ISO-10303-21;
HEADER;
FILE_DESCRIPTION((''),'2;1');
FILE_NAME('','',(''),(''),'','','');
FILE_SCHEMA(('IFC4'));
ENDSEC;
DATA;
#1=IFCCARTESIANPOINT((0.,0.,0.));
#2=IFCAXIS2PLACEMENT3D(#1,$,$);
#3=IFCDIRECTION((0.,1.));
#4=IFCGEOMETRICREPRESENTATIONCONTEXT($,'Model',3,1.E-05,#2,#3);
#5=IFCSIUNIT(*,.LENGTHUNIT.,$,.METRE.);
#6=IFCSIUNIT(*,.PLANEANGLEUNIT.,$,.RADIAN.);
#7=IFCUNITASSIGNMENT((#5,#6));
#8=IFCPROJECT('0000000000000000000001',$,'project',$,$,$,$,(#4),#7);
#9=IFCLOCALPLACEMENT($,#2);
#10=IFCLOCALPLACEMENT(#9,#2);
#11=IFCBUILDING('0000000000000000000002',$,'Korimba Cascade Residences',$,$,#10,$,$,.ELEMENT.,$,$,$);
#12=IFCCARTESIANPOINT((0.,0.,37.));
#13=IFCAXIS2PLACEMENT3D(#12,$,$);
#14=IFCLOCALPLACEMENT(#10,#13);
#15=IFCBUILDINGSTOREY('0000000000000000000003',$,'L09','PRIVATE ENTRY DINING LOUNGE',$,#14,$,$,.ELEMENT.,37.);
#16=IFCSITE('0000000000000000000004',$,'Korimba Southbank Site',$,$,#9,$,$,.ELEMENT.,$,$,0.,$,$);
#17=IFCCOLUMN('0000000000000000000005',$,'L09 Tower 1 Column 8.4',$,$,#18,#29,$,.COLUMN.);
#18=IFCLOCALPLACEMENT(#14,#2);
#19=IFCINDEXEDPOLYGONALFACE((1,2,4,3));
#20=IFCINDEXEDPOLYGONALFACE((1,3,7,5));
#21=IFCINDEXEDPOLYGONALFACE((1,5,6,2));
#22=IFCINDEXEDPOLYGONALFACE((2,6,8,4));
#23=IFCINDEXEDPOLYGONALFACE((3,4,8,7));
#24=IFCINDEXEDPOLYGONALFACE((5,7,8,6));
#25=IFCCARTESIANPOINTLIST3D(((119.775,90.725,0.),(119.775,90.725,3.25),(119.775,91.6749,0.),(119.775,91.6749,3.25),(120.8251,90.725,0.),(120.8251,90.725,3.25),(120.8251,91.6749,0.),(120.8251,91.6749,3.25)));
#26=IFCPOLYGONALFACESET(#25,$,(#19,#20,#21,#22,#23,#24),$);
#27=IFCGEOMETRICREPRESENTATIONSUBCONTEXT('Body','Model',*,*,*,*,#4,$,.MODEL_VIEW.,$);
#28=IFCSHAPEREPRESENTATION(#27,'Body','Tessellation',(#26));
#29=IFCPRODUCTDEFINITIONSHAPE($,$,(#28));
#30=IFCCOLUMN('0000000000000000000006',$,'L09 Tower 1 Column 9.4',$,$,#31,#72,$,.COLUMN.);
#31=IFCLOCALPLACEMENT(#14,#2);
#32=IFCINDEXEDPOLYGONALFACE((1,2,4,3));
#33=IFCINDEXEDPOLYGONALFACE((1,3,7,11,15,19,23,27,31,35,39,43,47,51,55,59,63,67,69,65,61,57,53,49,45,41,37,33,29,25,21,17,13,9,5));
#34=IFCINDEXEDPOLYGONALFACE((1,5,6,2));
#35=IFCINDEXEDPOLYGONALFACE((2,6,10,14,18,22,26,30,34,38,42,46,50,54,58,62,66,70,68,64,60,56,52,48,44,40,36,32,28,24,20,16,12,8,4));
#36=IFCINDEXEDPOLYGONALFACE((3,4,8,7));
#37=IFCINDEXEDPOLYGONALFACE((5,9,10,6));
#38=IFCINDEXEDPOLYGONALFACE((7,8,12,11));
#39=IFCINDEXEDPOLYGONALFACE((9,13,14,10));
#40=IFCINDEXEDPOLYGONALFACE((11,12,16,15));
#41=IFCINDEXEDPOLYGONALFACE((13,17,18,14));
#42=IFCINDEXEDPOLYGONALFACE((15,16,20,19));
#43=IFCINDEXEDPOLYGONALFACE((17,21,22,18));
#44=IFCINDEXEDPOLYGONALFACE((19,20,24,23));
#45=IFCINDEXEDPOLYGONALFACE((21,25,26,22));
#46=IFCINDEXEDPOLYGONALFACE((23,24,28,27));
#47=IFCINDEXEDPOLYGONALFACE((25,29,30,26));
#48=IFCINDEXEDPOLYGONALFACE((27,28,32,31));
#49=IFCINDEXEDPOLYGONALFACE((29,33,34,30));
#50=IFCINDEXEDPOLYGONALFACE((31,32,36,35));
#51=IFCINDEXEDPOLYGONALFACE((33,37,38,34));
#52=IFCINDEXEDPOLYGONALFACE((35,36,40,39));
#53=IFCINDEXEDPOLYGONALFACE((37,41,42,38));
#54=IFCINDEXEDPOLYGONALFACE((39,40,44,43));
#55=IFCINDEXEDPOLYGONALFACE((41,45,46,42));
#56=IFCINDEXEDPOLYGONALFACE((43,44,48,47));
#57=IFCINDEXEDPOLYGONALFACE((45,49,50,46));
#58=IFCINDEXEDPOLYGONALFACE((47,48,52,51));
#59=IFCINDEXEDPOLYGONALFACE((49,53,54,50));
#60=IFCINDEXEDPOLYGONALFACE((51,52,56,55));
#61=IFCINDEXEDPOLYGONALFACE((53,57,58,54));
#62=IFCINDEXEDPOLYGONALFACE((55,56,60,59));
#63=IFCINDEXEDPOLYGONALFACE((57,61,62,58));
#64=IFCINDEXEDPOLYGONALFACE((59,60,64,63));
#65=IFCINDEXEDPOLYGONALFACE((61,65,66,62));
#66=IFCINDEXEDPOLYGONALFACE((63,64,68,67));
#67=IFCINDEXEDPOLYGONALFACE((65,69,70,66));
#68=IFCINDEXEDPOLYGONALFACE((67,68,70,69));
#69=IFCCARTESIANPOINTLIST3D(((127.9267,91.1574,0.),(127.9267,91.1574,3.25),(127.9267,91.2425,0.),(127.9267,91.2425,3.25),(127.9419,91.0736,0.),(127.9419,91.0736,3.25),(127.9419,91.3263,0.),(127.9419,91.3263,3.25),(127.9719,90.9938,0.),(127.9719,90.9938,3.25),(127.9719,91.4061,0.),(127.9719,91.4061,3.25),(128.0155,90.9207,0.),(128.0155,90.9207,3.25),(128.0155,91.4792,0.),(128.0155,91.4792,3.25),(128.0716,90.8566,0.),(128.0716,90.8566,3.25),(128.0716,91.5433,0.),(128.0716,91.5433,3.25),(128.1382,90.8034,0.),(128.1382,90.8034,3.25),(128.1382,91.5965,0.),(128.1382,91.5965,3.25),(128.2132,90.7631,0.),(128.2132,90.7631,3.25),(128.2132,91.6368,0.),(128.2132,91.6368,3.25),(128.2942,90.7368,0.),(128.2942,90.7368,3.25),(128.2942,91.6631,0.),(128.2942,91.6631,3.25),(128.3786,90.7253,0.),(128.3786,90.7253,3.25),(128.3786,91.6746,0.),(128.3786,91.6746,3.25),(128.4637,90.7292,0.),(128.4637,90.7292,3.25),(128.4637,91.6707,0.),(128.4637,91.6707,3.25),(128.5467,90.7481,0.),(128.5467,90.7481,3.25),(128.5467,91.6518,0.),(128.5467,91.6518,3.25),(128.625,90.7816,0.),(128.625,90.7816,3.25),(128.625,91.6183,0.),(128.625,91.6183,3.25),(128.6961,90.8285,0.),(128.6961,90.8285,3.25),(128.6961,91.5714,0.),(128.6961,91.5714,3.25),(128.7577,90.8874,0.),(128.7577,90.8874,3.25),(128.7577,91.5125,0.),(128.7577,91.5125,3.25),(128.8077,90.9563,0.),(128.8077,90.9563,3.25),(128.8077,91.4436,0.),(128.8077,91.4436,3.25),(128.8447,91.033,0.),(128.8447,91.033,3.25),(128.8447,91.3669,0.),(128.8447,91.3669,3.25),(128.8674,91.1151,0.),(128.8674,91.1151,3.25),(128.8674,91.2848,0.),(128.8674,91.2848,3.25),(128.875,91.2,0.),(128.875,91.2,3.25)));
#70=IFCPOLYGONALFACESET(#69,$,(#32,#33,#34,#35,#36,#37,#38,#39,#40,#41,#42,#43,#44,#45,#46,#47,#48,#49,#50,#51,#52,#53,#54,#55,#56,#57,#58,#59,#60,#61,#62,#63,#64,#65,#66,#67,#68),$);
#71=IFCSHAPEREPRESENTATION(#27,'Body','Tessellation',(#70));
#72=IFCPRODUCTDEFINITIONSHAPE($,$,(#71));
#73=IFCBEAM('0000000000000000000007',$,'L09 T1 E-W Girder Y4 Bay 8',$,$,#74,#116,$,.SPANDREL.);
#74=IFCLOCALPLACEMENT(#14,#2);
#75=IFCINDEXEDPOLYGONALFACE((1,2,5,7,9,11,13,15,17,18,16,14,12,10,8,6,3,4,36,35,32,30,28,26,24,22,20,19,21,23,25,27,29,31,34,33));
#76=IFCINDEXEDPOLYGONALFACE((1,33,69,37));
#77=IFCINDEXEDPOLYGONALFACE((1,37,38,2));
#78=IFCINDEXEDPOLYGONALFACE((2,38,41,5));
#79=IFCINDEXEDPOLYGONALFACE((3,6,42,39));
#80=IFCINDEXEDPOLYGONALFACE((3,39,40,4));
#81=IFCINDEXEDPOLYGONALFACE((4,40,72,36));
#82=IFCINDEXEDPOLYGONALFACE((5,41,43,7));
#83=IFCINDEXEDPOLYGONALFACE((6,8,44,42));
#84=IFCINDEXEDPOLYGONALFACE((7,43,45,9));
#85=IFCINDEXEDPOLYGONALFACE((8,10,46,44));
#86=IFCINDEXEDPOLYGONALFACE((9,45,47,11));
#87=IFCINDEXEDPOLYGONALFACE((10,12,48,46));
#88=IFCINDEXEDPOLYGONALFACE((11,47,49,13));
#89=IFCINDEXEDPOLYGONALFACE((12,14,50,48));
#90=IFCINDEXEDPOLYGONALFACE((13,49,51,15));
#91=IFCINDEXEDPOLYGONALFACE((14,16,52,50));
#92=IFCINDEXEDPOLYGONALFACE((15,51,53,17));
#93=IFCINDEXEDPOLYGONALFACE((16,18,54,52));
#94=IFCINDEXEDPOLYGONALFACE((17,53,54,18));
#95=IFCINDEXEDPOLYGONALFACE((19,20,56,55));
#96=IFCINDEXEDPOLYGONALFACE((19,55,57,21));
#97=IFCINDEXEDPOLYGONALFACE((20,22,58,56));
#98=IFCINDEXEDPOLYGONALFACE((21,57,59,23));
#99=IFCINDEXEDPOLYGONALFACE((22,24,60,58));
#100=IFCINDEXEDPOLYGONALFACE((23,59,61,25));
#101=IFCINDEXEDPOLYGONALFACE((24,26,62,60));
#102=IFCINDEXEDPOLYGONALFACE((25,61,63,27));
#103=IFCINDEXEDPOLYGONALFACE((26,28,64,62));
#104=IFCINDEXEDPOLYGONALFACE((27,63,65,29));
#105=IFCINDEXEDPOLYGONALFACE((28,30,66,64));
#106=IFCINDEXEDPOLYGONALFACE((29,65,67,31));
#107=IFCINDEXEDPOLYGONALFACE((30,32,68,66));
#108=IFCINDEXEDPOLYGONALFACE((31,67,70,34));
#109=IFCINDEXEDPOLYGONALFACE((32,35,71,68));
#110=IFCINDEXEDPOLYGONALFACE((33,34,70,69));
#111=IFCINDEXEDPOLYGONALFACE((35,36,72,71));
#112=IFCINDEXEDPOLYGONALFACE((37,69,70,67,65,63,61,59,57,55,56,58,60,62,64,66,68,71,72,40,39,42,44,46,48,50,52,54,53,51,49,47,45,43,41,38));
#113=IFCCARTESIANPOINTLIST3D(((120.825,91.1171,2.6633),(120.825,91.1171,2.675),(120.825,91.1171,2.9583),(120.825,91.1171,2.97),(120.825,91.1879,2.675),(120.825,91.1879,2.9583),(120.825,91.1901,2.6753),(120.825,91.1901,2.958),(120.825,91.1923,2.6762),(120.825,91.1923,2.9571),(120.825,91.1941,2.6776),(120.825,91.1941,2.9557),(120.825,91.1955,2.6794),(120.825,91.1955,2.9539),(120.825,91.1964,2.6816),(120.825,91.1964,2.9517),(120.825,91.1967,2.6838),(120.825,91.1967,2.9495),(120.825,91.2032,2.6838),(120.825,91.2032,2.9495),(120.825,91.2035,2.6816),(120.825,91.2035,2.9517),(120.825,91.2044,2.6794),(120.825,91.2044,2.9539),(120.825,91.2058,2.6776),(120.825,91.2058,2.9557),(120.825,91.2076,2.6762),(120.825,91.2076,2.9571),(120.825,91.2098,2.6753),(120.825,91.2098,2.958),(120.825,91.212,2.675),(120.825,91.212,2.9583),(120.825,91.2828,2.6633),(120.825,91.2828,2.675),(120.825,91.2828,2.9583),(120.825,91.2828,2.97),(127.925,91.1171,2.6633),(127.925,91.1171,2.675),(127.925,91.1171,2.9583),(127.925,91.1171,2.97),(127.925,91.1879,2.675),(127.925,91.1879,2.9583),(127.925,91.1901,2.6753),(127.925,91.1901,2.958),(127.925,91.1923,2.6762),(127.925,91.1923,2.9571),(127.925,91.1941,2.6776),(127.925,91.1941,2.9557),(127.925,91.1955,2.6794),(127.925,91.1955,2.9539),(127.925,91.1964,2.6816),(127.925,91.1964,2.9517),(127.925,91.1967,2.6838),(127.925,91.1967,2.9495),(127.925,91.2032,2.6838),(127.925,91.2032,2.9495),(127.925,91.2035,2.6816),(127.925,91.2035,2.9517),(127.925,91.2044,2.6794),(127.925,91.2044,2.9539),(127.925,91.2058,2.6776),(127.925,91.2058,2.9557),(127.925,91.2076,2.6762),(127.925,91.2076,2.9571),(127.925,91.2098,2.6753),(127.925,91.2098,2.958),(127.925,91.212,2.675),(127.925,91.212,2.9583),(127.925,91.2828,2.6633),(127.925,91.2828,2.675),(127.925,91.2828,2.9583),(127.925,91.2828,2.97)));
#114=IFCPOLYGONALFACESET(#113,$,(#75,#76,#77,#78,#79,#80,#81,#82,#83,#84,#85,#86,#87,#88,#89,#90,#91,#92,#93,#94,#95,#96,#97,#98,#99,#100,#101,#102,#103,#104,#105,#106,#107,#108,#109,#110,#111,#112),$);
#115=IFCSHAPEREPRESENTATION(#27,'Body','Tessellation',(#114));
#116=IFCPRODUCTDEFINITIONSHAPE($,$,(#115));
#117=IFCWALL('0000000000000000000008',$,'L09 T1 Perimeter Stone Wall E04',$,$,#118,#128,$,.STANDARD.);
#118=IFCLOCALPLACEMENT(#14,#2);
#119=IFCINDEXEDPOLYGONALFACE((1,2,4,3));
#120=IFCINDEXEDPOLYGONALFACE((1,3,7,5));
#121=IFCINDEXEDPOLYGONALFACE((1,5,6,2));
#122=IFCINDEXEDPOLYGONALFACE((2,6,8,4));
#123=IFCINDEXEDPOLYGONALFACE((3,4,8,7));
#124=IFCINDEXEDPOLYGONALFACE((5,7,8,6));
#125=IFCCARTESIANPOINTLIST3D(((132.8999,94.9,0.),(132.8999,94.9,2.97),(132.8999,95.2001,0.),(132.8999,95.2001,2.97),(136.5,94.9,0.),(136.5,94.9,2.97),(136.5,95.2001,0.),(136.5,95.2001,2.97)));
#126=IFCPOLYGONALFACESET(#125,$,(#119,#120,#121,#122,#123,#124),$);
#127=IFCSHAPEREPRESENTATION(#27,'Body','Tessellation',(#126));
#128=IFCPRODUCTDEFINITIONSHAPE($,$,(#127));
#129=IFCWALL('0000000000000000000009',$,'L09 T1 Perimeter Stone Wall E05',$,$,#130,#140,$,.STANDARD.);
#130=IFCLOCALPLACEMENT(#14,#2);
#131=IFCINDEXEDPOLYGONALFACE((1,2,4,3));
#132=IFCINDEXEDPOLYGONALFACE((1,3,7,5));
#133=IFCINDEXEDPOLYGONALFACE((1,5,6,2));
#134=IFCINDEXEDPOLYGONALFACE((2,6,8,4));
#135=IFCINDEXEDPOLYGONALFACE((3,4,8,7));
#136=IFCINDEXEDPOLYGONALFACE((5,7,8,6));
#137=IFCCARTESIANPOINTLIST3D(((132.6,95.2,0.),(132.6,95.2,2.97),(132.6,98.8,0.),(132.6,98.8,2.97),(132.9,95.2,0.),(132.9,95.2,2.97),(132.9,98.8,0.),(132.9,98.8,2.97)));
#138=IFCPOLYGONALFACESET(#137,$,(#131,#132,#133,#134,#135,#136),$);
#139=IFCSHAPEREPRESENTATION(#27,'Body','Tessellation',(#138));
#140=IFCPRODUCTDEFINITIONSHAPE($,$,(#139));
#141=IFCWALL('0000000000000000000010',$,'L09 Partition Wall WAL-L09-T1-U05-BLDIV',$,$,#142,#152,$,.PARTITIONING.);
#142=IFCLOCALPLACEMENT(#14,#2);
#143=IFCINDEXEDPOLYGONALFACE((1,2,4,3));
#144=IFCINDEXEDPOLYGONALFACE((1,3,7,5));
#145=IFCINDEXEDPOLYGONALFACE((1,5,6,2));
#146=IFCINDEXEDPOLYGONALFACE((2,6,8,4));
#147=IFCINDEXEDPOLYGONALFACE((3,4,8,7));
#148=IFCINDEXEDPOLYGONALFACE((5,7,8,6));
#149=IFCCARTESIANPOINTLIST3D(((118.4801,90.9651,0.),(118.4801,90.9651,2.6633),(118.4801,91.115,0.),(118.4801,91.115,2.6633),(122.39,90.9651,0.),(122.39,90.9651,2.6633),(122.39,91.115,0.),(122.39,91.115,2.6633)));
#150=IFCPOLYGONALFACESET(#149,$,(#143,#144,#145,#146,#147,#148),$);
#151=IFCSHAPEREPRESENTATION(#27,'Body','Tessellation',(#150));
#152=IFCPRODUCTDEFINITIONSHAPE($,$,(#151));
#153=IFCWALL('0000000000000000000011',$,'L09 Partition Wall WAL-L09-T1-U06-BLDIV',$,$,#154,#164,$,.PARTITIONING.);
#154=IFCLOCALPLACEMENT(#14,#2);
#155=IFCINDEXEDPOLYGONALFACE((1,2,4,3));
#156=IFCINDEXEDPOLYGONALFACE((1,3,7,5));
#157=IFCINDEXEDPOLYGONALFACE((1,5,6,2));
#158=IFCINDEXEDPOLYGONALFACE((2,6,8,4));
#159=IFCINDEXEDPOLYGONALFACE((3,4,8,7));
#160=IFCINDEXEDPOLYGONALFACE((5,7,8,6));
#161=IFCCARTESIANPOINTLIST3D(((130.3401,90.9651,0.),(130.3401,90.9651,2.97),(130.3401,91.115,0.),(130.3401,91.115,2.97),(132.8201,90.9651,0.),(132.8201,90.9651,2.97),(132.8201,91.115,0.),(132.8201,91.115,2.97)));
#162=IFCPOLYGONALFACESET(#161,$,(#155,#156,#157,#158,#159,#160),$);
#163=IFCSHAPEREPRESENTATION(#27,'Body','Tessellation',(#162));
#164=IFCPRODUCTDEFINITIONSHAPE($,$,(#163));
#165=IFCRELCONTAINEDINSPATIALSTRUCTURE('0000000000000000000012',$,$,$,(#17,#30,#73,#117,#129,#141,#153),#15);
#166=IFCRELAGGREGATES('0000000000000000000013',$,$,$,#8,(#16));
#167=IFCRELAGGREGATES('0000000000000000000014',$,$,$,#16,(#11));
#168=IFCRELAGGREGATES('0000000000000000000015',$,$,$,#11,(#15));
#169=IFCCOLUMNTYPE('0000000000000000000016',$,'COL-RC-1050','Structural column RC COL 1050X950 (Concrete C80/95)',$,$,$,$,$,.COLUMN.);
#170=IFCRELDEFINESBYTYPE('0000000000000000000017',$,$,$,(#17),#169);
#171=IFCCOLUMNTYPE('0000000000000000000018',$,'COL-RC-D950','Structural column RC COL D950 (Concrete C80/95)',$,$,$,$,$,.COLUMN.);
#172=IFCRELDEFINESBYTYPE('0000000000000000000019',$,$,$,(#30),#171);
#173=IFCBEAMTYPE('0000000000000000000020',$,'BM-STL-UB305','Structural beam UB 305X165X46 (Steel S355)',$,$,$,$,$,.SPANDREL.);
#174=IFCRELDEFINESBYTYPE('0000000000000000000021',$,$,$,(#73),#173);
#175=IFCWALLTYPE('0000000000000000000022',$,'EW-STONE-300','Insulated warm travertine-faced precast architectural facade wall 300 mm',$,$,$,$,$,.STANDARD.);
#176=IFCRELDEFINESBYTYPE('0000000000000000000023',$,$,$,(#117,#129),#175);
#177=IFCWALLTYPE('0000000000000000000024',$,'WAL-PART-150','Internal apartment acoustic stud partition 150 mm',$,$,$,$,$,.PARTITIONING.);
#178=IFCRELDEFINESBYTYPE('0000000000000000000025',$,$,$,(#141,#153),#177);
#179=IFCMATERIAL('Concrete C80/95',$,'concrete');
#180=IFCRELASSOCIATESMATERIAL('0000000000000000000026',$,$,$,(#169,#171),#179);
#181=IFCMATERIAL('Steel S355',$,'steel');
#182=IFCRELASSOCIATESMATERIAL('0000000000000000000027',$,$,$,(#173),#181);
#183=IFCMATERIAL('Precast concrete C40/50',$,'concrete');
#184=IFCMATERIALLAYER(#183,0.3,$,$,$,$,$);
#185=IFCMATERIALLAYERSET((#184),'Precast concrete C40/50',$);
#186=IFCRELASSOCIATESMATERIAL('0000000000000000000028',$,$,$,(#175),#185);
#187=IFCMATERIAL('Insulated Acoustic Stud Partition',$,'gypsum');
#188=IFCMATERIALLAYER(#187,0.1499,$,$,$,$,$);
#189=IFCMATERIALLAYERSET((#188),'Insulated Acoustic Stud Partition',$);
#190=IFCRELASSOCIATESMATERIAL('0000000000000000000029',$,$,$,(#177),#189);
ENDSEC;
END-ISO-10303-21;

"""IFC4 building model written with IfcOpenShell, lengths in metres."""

from ifc_helpers import new_model, si_unit, direction, frame, frame_2d, origin, origin_2d, place, context, subcontext, project, spatial, rectangle, circle, i_section, extrude, material, layer, layer_set, material_profile, profile_set, type_object, element, save


model = new_model("IFC4")

# Units and contexts
model_context = context("Model", 3, precision=1e-05, world=origin(), true_north=direction((0.0, 1.0)))
body_context = subcontext(model_context, "Body", "Model", "MODEL_VIEW")
ifc_project = project(units=[si_unit("LENGTHUNIT", "METRE"), si_unit("PLANEANGLEUNIT", "RADIAN")], contexts=[model_context])

# Site, building, storey
site_placement = place(None, origin())
site = spatial("IfcSite", under=ifc_project, at=site_placement, Name="Korimba Southbank Site", CompositionType="ELEMENT", RefElevation=0.0)
building_placement = place(site_placement, origin())
building = spatial("IfcBuilding", under=site, at=building_placement, Name="Korimba Cascade Residences", CompositionType="ELEMENT")
storey_placement = place(building_placement, frame((0.0, 0.0, 37.0)))
storey = spatial("IfcBuildingStorey", under=building, at=storey_placement, Name="L09", Description="PRIVATE ENTRY DINING LOUNGE", CompositionType="ELEMENT", Elevation=37.0)

# Columns
ifc_material_1 = material(Name="Concrete C80/95", Category="concrete")
ifc_material_profile_1 = material_profile(ifc_material_1, rectangle(XDim=1.05, YDim=0.95, at=origin_2d()), Name="Concrete C80/95")
ifc_profile_set_1 = profile_set([ifc_material_profile_1], Name="Concrete C80/95")
column_type_1 = type_object("IfcColumnType", Name="COL-RC-1050", Description="Structural column RC COL 1050X950 (Concrete C80/95)", PredefinedType="COLUMN", material=ifc_profile_set_1)
column_1_placement = place(storey_placement, frame((120.3, 91.2, 0.0), z_axis=(0.0, 0.0, 1.0), x_axis=(1.0, 0.0, 0.0)))
element("IfcColumn", 1, at=column_1_placement, inside=storey, type_object=column_type_1, Name="L09 Tower 1 Column 8.4", PredefinedType="COLUMN", context=body_context, shape_type="SweptSolid", body=[
    extrude(rectangle(XDim=1.05, YDim=0.95, at=origin_2d()), origin(), (0.0, 0.0, 1.0), 3.25),
])
ifc_material_profile_2 = material_profile(ifc_material_1, circle(Radius=0.4751, at=origin_2d()), Name="Concrete C80/95")
ifc_profile_set_2 = profile_set([ifc_material_profile_2], Name="Concrete C80/95")
column_type_2 = type_object("IfcColumnType", Name="COL-RC-D950", Description="Structural column RC COL D950 (Concrete C80/95)", PredefinedType="COLUMN", material=ifc_profile_set_2)
column_2_placement = place(storey_placement, frame((128.3999, 91.2, 0.0), z_axis=(0.0, 0.0, 1.0), x_axis=(1.0, 0.0, 0.0)))
element("IfcColumn", 2, at=column_2_placement, inside=storey, type_object=column_type_2, Name="L09 Tower 1 Column 9.4", PredefinedType="COLUMN", context=body_context, shape_type="SweptSolid", body=[
    extrude(circle(Radius=0.4751, at=origin_2d()), origin(), (0.0, 0.0, 1.0), 3.25),
])

# Beam
ifc_material_2 = material(Name="Steel S355", Category="steel")
ifc_material_profile_3 = material_profile(ifc_material_2, i_section(OverallWidth=0.1658, OverallDepth=0.3066, WebThickness=0.0066, FlangeThickness=0.0117, FilletRadius=0.0088, at=origin_2d()), Name="Steel S355")
ifc_profile_set_3 = profile_set([ifc_material_profile_3], Name="Steel S355")
beam_type = type_object("IfcBeamType", Name="BM-STL-UB305", Description="Structural beam UB 305X165X46 (Steel S355)", PredefinedType="SPANDREL", material=ifc_profile_set_3)
beam_placement = place(storey_placement, frame((120.825, 91.2, 2.8167), z_axis=(1.0, 0.0, 0.0), x_axis=(0.0, 1.0, 0.0)))
element("IfcBeam", 3, at=beam_placement, inside=storey, type_object=beam_type, Name="L09 T1 E-W Girder Y4 Bay 8", PredefinedType="SPANDREL", context=body_context, shape_type="SweptSolid", body=[
    extrude(i_section(OverallWidth=0.1658, OverallDepth=0.3066, WebThickness=0.0066, FlangeThickness=0.0117, FilletRadius=0.0088, at=origin_2d()), origin(), (0.0, 0.0, 1.0), 7.1001),
])

# Shared definitions
ifc_material_3 = material(Name="Precast concrete C40/50", Category="concrete")

# Walls
ifc_layer_1 = layer(ifc_material_3, 0.3)
ifc_layer_set_1 = layer_set([ifc_layer_1], Name="Precast concrete C40/50")
wall_type_1 = type_object("IfcWallType", Name="EW-STONE-300", Description="Insulated warm travertine-faced precast architectural facade wall 300 mm", PredefinedType="STANDARD", material=ifc_layer_set_1)
for number, where, z_axis, x_axis, name in (
    (4, (136.5, 95.05, 0.0), (0.0, 0.0, 1.0), (-1.0, 0.0, 0.0), "L09 T1 Perimeter Stone Wall E04"),
    (5, (132.75, 95.2, 0.0), (0.0, 0.0, 1.0), (0.0, 1.0, 0.0), "L09 T1 Perimeter Stone Wall E05"),
):
    element("IfcWall", number, at=place(storey_placement, frame(where, z_axis=z_axis, x_axis=x_axis)), inside=storey, type_object=wall_type_1, Name=name, PredefinedType="STANDARD", context=body_context, shape_type="SweptSolid", body=[
        extrude(rectangle(XDim=3.6001, YDim=0.3, at=frame_2d((1.8, 0.0))), origin(), (0.0, 0.0, 1.0), 2.97),
    ])
ifc_material_4 = material(Name="Insulated Acoustic Stud Partition", Category="gypsum")
ifc_layer_2 = layer(ifc_material_4, 0.1499)
ifc_layer_set_2 = layer_set([ifc_layer_2], Name="Insulated Acoustic Stud Partition")
wall_type_2 = type_object("IfcWallType", Name="WAL-PART-150", Description="Internal apartment acoustic stud partition 150 mm", PredefinedType="PARTITIONING", material=ifc_layer_set_2)
wall_1_placement = place(storey_placement, frame((118.48, 91.04, 0.0), z_axis=(0.0, 0.0, 1.0), x_axis=(1.0, 0.0, 0.0)))
element("IfcWall", 6, at=wall_1_placement, inside=storey, type_object=wall_type_2, Name="L09 Partition Wall WAL-L09-T1-U05-BLDIV", PredefinedType="PARTITIONING", context=body_context, shape_type="SweptSolid", body=[
    extrude(rectangle(XDim=3.9099, YDim=0.1499, at=frame_2d((1.9551, 0.0))), origin(), (0.0, 0.0, 1.0), 2.6633),
])
wall_2_placement = place(storey_placement, frame((130.3401, 91.04, 0.0), z_axis=(0.0, 0.0, 1.0), x_axis=(1.0, 0.0, 0.0)))
element("IfcWall", 7, at=wall_2_placement, inside=storey, type_object=wall_type_2, Name="L09 Partition Wall WAL-L09-T1-U06-BLDIV", PredefinedType="PARTITIONING", context=body_context, shape_type="SweptSolid", body=[
    extrude(rectangle(XDim=2.48, YDim=0.1499, at=frame_2d((1.24, 0.0))), origin(), (0.0, 0.0, 1.0), 2.97),
])

save(model, "model.ifc")
